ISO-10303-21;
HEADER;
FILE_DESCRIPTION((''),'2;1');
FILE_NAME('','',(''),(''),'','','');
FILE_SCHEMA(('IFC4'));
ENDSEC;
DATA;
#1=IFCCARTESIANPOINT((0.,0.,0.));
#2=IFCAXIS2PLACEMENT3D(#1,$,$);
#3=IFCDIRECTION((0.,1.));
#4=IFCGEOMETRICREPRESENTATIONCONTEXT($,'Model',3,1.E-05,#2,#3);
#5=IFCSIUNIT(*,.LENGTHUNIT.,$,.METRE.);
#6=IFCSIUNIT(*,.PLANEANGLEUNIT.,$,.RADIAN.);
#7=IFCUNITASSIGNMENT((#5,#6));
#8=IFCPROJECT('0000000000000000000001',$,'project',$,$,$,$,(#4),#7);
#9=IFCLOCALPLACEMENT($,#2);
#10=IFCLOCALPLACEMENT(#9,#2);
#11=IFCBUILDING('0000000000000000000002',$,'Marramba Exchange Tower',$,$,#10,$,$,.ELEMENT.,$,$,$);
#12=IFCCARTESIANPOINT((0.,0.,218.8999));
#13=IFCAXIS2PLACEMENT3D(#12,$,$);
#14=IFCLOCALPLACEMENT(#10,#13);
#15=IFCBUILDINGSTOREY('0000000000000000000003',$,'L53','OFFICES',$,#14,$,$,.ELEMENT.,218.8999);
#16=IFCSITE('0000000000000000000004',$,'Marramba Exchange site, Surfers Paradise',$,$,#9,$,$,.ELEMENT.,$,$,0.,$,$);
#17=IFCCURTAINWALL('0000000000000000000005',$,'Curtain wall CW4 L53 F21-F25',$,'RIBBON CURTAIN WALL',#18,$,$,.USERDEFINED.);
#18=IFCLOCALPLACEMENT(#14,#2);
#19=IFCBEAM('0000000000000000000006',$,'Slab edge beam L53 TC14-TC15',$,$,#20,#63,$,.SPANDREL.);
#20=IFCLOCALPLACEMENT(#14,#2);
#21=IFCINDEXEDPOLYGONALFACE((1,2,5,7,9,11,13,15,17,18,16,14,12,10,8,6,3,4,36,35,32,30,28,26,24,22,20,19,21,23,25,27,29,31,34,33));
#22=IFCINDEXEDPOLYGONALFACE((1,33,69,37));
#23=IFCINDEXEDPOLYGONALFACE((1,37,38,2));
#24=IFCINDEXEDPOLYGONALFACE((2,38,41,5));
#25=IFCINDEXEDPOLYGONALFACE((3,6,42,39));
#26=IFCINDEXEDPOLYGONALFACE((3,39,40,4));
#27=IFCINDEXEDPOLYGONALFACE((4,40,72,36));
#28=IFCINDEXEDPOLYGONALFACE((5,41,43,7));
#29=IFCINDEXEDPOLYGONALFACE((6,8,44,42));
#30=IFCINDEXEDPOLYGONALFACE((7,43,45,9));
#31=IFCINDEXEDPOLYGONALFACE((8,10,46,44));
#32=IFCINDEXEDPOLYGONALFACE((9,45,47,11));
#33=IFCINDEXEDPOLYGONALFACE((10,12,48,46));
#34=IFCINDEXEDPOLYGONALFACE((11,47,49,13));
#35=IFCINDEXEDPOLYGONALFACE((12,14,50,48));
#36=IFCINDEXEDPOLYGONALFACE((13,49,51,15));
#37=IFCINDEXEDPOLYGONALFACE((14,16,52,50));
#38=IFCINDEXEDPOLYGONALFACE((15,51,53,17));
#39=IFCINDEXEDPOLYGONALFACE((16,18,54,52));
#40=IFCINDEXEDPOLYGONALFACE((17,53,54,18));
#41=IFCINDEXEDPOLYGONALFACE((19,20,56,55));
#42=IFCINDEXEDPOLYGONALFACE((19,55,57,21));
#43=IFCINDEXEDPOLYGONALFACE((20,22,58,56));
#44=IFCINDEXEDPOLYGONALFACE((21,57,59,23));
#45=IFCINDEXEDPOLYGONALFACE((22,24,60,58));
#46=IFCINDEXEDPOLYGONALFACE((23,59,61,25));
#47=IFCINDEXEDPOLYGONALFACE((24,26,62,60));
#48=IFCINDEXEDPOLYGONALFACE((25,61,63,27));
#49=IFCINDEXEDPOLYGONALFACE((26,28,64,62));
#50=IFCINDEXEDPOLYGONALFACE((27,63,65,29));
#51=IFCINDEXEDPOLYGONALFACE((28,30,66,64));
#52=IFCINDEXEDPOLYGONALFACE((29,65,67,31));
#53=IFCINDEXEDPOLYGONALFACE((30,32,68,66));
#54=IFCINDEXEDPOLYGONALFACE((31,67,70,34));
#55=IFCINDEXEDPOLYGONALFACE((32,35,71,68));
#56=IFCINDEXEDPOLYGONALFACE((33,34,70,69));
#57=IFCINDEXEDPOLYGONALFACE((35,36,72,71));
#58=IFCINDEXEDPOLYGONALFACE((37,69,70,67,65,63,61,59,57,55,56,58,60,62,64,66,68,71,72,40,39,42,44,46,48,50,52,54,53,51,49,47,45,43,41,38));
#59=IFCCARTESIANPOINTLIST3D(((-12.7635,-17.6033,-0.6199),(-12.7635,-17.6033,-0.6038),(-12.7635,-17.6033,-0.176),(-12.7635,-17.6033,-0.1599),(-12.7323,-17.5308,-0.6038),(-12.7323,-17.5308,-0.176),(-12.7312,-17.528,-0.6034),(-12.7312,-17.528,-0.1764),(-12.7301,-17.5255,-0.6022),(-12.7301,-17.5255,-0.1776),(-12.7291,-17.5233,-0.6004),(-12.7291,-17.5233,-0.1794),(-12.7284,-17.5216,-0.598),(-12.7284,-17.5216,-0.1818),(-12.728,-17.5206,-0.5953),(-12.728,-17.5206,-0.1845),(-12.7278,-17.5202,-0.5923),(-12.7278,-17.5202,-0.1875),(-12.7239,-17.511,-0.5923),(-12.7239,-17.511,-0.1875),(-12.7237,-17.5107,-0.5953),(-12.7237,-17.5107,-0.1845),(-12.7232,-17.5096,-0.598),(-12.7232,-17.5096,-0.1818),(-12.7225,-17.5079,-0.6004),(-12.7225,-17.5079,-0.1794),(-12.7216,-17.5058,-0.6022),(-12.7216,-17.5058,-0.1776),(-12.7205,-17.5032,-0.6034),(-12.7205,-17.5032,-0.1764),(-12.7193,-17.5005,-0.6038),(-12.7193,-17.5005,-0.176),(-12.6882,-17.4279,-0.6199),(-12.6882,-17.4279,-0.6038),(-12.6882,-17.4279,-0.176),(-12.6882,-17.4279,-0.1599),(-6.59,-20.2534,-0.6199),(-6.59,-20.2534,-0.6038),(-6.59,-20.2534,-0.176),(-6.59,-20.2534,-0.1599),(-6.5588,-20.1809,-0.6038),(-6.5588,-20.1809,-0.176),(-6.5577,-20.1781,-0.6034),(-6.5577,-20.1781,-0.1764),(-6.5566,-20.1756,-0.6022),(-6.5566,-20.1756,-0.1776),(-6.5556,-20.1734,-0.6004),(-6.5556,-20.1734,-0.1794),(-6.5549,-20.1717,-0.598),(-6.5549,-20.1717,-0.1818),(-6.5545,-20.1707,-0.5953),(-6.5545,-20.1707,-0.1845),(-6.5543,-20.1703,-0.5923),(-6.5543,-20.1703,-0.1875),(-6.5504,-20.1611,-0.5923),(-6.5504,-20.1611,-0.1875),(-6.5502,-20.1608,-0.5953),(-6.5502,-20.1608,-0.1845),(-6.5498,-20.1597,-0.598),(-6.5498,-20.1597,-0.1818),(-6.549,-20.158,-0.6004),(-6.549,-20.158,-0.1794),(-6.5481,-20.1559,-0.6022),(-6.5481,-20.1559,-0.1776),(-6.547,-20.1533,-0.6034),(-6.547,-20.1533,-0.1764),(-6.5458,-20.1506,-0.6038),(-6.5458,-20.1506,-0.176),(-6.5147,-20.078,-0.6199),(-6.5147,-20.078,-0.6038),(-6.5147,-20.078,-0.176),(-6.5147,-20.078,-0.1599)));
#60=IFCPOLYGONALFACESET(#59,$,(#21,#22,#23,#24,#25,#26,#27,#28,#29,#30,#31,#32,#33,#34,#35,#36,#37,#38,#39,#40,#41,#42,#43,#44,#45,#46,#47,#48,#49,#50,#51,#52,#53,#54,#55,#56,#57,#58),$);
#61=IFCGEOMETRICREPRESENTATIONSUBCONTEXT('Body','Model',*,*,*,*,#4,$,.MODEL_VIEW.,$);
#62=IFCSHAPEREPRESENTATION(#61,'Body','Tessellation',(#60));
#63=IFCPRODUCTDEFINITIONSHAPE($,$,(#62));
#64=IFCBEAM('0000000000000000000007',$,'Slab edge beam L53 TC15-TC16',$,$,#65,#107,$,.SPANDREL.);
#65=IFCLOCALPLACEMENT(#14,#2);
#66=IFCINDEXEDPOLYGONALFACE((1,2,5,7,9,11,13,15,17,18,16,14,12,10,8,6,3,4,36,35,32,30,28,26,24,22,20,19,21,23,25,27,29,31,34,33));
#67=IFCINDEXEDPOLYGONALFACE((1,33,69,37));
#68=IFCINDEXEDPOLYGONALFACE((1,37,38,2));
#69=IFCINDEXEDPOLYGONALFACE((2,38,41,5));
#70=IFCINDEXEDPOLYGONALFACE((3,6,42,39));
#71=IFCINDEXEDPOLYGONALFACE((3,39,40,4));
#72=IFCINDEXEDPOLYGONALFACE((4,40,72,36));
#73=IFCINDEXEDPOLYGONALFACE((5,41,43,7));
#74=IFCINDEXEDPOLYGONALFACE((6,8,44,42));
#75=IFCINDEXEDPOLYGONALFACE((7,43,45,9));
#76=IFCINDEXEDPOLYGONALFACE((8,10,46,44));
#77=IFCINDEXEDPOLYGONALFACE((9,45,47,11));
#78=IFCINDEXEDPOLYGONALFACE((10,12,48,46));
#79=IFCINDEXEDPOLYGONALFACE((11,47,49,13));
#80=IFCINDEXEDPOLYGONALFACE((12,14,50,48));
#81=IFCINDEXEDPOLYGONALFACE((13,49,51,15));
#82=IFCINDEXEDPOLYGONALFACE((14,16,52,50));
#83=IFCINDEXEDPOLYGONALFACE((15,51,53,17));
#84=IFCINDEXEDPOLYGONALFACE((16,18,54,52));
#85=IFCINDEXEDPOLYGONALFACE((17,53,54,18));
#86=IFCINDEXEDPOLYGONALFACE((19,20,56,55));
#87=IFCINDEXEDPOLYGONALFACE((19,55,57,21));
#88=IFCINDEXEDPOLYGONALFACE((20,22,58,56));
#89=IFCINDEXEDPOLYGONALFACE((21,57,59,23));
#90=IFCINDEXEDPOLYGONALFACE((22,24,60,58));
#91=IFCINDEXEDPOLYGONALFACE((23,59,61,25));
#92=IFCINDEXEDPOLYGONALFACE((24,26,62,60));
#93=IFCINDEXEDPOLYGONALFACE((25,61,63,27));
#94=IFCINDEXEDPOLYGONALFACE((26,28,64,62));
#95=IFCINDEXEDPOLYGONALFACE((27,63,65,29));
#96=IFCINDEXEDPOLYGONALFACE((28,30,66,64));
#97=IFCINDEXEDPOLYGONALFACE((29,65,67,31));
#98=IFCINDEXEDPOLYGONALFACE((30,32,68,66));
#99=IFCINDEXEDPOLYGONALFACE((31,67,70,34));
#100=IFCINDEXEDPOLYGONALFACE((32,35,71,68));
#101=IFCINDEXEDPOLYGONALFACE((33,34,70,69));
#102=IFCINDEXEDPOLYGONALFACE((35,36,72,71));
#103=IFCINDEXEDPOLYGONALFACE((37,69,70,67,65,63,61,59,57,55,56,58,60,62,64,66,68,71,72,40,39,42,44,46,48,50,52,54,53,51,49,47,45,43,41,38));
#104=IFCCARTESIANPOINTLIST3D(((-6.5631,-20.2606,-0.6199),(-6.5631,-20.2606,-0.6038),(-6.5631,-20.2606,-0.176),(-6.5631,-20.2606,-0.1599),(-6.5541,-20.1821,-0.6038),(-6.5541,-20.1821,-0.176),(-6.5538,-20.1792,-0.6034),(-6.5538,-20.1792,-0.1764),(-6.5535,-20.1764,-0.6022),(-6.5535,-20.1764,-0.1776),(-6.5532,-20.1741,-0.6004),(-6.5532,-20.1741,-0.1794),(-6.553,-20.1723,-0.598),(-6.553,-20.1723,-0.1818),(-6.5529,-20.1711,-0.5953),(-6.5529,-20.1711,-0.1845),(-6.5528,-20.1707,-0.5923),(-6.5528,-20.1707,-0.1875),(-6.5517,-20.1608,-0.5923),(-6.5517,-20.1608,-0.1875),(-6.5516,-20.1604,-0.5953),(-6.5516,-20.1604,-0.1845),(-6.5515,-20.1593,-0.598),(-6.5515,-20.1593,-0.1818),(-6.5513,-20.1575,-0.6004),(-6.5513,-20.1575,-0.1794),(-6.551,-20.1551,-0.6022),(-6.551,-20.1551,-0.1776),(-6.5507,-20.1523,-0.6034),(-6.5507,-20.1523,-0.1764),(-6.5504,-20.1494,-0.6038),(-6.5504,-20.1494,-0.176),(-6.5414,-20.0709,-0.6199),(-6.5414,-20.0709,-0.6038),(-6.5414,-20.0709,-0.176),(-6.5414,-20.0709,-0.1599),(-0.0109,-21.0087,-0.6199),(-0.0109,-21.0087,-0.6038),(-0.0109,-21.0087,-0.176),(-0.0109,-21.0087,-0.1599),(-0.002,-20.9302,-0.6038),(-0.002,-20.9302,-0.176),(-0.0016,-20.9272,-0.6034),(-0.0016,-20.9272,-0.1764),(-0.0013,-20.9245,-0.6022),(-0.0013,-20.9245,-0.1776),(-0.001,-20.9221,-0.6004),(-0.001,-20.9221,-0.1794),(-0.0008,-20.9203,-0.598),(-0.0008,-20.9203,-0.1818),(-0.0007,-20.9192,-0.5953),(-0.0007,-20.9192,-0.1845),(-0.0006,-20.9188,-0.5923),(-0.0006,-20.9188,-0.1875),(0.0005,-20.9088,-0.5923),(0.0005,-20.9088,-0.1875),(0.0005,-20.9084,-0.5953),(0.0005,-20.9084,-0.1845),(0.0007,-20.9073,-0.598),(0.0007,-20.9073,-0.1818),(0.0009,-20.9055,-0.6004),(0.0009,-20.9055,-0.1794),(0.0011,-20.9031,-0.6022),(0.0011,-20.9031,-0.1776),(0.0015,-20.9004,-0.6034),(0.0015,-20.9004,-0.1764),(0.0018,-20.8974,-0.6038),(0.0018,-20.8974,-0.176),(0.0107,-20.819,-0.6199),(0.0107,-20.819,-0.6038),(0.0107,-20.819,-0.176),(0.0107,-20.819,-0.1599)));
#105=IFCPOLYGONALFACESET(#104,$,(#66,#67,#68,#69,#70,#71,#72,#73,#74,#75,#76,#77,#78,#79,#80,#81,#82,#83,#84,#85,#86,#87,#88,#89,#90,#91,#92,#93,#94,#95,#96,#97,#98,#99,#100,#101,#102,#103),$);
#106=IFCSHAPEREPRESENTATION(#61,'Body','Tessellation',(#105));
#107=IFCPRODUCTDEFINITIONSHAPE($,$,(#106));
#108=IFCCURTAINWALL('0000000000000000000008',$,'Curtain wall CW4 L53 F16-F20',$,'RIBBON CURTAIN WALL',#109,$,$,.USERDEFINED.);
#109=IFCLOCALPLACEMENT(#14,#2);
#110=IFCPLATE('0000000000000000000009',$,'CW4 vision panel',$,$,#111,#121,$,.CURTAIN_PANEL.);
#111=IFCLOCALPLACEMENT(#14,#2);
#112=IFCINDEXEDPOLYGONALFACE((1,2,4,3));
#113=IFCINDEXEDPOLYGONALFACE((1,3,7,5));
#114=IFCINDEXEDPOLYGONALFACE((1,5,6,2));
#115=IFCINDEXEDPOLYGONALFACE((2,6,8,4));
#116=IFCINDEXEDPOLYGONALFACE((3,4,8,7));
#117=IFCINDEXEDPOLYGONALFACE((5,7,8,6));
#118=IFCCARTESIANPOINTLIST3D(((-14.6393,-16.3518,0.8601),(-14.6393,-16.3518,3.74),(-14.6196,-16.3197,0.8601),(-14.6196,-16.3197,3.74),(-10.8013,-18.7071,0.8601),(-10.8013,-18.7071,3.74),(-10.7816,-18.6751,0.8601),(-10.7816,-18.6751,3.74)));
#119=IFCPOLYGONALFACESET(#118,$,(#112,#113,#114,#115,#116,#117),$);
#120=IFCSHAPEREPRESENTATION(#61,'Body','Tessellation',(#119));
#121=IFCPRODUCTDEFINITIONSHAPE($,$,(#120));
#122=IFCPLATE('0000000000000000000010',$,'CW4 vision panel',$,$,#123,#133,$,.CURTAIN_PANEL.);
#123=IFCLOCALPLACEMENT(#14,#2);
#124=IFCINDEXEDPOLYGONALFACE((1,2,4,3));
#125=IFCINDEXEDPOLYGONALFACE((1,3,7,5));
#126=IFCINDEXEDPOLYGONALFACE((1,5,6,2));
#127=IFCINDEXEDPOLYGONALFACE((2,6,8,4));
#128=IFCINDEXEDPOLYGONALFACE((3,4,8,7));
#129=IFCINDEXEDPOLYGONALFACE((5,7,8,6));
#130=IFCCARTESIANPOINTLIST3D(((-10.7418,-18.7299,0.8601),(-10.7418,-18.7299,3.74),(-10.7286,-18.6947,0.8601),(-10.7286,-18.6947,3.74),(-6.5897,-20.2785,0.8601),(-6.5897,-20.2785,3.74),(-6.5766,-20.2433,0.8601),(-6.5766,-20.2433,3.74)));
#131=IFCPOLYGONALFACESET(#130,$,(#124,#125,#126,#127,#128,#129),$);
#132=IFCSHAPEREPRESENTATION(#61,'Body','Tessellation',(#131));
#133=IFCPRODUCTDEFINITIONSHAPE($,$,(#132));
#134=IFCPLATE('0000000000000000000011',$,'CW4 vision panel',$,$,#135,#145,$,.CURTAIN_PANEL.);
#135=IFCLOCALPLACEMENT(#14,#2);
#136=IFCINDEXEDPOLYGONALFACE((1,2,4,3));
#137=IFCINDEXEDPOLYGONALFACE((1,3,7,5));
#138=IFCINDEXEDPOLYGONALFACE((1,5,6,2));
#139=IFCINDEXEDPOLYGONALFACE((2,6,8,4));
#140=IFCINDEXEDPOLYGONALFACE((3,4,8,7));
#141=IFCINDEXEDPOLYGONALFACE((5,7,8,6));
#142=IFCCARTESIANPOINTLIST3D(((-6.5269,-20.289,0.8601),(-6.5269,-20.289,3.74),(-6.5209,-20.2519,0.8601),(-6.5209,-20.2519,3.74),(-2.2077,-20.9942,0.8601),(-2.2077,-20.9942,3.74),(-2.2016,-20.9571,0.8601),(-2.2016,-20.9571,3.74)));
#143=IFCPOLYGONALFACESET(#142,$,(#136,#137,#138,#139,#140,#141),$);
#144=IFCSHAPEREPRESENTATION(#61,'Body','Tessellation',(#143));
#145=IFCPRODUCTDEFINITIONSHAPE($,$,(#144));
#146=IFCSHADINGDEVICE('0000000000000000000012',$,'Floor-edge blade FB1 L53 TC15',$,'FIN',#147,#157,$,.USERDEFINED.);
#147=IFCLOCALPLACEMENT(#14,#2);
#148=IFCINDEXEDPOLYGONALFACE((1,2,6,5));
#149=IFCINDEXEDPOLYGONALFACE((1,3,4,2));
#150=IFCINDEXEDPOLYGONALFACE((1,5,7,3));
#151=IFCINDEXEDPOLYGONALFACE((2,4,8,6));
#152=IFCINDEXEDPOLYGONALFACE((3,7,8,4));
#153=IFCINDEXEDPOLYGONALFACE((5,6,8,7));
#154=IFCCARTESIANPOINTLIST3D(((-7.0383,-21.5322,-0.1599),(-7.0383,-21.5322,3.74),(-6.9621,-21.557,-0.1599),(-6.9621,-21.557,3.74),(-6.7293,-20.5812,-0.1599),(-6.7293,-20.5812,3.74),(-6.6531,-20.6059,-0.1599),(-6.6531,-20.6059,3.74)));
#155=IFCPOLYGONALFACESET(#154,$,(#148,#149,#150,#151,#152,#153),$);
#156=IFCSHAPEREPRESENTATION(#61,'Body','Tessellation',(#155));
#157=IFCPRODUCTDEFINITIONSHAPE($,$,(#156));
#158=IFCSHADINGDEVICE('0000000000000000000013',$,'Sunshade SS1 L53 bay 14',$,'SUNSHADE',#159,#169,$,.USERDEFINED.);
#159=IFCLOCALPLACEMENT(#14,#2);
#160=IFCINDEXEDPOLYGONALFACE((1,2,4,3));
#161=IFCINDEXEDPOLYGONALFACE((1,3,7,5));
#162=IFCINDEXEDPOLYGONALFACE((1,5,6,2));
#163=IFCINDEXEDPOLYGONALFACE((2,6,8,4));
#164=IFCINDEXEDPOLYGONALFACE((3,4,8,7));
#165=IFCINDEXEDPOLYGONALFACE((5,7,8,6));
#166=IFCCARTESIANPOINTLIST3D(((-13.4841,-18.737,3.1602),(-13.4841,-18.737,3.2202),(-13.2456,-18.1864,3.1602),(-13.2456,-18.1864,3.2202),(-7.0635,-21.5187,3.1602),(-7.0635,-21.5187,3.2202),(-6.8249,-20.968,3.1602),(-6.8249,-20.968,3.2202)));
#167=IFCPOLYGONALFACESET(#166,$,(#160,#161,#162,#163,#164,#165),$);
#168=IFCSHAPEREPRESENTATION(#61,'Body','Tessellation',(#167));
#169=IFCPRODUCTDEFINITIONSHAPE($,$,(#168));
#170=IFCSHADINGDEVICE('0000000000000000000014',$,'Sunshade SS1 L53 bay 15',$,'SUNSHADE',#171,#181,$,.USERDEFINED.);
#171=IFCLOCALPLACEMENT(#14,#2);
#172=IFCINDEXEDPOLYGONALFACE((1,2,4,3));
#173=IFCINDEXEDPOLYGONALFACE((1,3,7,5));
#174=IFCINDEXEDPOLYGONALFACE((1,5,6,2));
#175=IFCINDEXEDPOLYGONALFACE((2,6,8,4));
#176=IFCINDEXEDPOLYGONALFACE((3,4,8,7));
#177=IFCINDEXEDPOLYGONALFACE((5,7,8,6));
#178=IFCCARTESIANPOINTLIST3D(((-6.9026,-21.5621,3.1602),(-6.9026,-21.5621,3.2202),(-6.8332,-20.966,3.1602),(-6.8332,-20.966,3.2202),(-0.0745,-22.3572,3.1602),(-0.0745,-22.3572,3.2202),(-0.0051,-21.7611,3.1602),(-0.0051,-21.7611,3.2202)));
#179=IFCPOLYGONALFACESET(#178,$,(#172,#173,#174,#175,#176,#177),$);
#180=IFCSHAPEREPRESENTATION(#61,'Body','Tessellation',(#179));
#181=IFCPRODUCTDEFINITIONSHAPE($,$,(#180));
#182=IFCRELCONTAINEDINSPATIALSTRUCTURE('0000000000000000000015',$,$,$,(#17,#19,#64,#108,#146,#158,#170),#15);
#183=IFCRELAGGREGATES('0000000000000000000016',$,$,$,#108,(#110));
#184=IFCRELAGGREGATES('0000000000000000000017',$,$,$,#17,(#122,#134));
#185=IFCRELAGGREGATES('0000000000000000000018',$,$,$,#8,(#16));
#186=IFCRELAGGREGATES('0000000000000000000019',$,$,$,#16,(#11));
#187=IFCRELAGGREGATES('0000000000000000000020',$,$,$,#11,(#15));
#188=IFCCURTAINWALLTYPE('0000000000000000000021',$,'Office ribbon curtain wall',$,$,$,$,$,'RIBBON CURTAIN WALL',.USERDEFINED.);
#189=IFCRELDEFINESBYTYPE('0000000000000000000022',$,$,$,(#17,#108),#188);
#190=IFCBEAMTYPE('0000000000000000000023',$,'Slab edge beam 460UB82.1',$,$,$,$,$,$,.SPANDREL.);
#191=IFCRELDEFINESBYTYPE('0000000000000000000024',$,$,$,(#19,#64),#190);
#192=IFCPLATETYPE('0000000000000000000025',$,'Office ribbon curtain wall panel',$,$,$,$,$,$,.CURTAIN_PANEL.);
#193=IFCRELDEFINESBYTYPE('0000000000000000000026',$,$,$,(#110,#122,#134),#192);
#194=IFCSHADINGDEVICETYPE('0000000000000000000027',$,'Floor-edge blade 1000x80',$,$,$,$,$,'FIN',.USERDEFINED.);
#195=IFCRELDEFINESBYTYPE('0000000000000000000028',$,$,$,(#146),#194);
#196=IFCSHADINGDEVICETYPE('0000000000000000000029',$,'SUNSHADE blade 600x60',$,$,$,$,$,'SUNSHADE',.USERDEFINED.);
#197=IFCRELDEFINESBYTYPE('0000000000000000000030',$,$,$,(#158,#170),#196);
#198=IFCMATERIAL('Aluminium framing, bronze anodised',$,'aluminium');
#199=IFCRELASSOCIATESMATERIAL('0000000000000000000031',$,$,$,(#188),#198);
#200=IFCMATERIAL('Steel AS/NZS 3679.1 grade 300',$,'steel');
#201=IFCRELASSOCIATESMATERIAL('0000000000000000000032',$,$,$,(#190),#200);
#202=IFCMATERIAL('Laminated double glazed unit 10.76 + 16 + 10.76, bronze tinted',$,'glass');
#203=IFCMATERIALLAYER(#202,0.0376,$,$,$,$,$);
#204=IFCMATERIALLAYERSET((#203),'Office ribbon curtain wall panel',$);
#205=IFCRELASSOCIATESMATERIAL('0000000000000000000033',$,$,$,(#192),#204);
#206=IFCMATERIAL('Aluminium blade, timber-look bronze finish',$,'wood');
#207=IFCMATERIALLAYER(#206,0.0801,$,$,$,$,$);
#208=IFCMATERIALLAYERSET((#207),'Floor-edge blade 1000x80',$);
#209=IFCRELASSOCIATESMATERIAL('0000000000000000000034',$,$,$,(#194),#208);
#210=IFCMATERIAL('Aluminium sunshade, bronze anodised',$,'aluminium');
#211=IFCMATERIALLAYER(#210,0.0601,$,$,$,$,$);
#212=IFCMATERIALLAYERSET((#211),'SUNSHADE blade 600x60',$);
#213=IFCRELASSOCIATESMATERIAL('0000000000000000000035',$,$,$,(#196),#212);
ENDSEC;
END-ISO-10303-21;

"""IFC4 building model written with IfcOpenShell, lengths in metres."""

from ifc_helpers import new_model, si_unit, direction, frame, origin, origin_2d, place, context, subcontext, project, spatial, rectangle, i_section, extrude, material, layer, layer_set, material_profile, profile_set, type_object, element, aggregate, save


model = new_model("IFC4")

# Units and contexts
model_context = context("Model", 3, precision=1e-05, world=origin(), true_north=direction((0.0, 1.0)))
body_context = subcontext(model_context, "Body", "Model", "MODEL_VIEW")
ifc_project = project(units=[si_unit("LENGTHUNIT", "METRE"), si_unit("PLANEANGLEUNIT", "RADIAN")], contexts=[model_context])

# Site, building, storey
site_placement = place(None, origin())
site = spatial("IfcSite", under=ifc_project, at=site_placement, Name="Marramba Exchange site, Surfers Paradise", CompositionType="ELEMENT", RefElevation=0.0)
building_placement = place(site_placement, origin())
building = spatial("IfcBuilding", under=site, at=building_placement, Name="Marramba Exchange Tower", CompositionType="ELEMENT")
storey_placement = place(building_placement, frame((0.0, 0.0, 218.8999)))
storey = spatial("IfcBuildingStorey", under=building, at=storey_placement, Name="L53", Description="OFFICES", CompositionType="ELEMENT", Elevation=218.8999)

# Curtain wall
ifc_material_1 = material(Name="Aluminium framing, bronze anodised", Category="aluminium")
curtain_wall_type = type_object("IfcCurtainWallType", Name="Office ribbon curtain wall", ElementType="RIBBON CURTAIN WALL", PredefinedType="USERDEFINED", material=ifc_material_1)
curtain_wall_1_placement = place(storey_placement, origin())
curtain_wall_1 = element("IfcCurtainWall", 1, at=curtain_wall_1_placement, inside=storey, type_object=curtain_wall_type, Name="Curtain wall CW4 L53 F21-F25", ObjectType="RIBBON CURTAIN WALL", PredefinedType="USERDEFINED")

# Beams
ifc_material_2 = material(Name="Steel AS/NZS 3679.1 grade 300", Category="steel")
ifc_material_profile_1 = material_profile(ifc_material_2, i_section(OverallWidth=0.1909, OverallDepth=0.46, WebThickness=0.01, FlangeThickness=0.0161, FilletRadius=0.0115, at=origin_2d()), Name="460UB82.1")
ifc_profile_set_1 = profile_set([ifc_material_profile_1], Name="Steel AS/NZS 3679.1 grade 300")
beam_type_1 = type_object("IfcBeamType", Name="Slab edge beam 460UB82.1", PredefinedType="SPANDREL", material=ifc_profile_set_1)
beam_1_placement = place(storey_placement, frame((-12.7258, -17.5156, -0.3899), z_axis=(0.918912, -0.394463, 0.0), x_axis=(0.394463, 0.918912, 0.0)))
element("IfcBeam", 2, at=beam_1_placement, inside=storey, type_object=beam_type_1, Name="Slab edge beam L53 TC14-TC15", PredefinedType="SPANDREL", context=body_context, shape_type="SweptSolid", body=[
    extrude(i_section(OverallWidth=0.1909, OverallDepth=0.46, WebThickness=0.01, FlangeThickness=0.0161, FilletRadius=0.0115, at=origin_2d()), origin(), (0.0, 0.0, 1.0), 6.7183),
])
beam_2_placement = place(storey_placement, frame((-6.5522, -20.1658, -0.3899), z_axis=(0.993546, -0.11343, 0.0), x_axis=(0.11343, 0.993546, 0.0)))
element("IfcBeam", 3, at=beam_2_placement, inside=storey, type_object=beam_type_1, Name="Slab edge beam L53 TC15-TC16", PredefinedType="SPANDREL", context=body_context, shape_type="SweptSolid", body=[
    extrude(i_section(OverallWidth=0.1909, OverallDepth=0.46, WebThickness=0.01, FlangeThickness=0.0161, FilletRadius=0.0115, at=origin_2d()), origin(), (0.0, 0.0, 1.0), 6.5947),
])

# Curtain wall, plate
curtain_wall_2_placement = place(storey_placement, origin())
curtain_wall_2 = element("IfcCurtainWall", 4, at=curtain_wall_2_placement, inside=storey, type_object=curtain_wall_type, Name="Curtain wall CW4 L53 F16-F20", ObjectType="RIBBON CURTAIN WALL", PredefinedType="USERDEFINED")
ifc_material_3 = material(Name="Laminated double glazed unit 10.76 + 16 + 10.76, bronze tinted", Category="glass")
ifc_layer_1 = layer(ifc_material_3, 0.0376)
ifc_layer_set_1 = layer_set([ifc_layer_1], Name="Office ribbon curtain wall panel")
plate_type = type_object("IfcPlateType", Name="Office ribbon curtain wall panel", PredefinedType="CURTAIN_PANEL", material=ifc_layer_set_1)
plate_1_placement = place(storey_placement, frame((-12.7104, -17.5134, 0.8601), z_axis=(0.0, 0.0, 1.0), x_axis=(0.852301, -0.523052, 0.0)))
plate_1 = element("IfcPlate", 5, at=plate_1_placement, type_object=plate_type, Name="CW4 vision panel", PredefinedType="CURTAIN_PANEL", context=body_context, shape_type="SweptSolid", body=[
    extrude(rectangle(XDim=4.5032, YDim=0.0376, at=origin_2d()), origin(), (0.0, 0.0, 1.0), 2.8799),
])
aggregate(curtain_wall_2, [plate_1])

# Plates
plate_2_placement = place(storey_placement, frame((-8.6592, -19.4866, 0.8601), z_axis=(0.0, 0.0, 1.0), x_axis=(0.936952, -0.349459, 0.0)))
plate_2 = element("IfcPlate", 6, at=plate_2_placement, type_object=plate_type, Name="CW4 vision panel", PredefinedType="CURTAIN_PANEL", context=body_context, shape_type="SweptSolid", body=[
    extrude(rectangle(XDim=4.4314, YDim=0.0376, at=origin_2d()), origin(), (0.0, 0.0, 1.0), 2.8799),
])
plate_3_placement = place(storey_placement, frame((-4.3643, -20.623, 0.8601), z_axis=(0.0, 0.0, 1.0), x_axis=(0.986931, -0.161146, 0.0)))
plate_3 = element("IfcPlate", 7, at=plate_3_placement, type_object=plate_type, Name="CW4 vision panel", PredefinedType="CURTAIN_PANEL", context=body_context, shape_type="SweptSolid", body=[
    extrude(rectangle(XDim=4.3765, YDim=0.0376, at=origin_2d()), origin(), (0.0, 0.0, 1.0), 2.8799),
])
aggregate(curtain_wall_1, [plate_2, plate_3])

# Shading devices
ifc_material_4 = material(Name="Aluminium blade, timber-look bronze finish", Category="wood")
ifc_layer_2 = layer(ifc_material_4, 0.0801)
ifc_layer_set_2 = layer_set([ifc_layer_2], Name="Floor-edge blade 1000x80")
shading_device_type_1 = type_object("IfcShadingDeviceType", Name="Floor-edge blade 1000x80", ElementType="FIN", PredefinedType="USERDEFINED", material=ifc_layer_set_2)
shading_device_1_placement = place(storey_placement, frame((-6.8457, -21.0691, -0.1599), z_axis=(0.0, 0.0, 1.0), x_axis=(-0.309017, -0.951057, 0.0)))
element("IfcShadingDevice", 8, at=shading_device_1_placement, inside=storey, type_object=shading_device_type_1, Name="Floor-edge blade FB1 L53 TC15", ObjectType="FIN", PredefinedType="USERDEFINED", context=body_context, shape_type="SweptSolid", body=[
    extrude(rectangle(XDim=1.0, YDim=0.0801, at=origin_2d()), origin(), (0.0, 0.0, 1.0), 3.8999),
])
ifc_material_5 = material(Name="Aluminium sunshade, bronze anodised", Category="aluminium")
ifc_layer_3 = layer(ifc_material_5, 0.0601)
ifc_layer_set_3 = layer_set([ifc_layer_3], Name="SUNSHADE blade 600x60")
shading_device_type_2 = type_object("IfcShadingDeviceType", Name="SUNSHADE blade 600x60", ElementType="SUNSHADE", PredefinedType="USERDEFINED", material=ifc_layer_set_3)
shading_device_2_placement = place(storey_placement, frame((-10.1545, -19.8525, 3.1602), z_axis=(0.0, 0.0, 1.0), x_axis=(0.917589, -0.39753, 0.0)))
element("IfcShadingDevice", 9, at=shading_device_2_placement, inside=storey, type_object=shading_device_type_2, Name="Sunshade SS1 L53 bay 14", ObjectType="SUNSHADE", PredefinedType="USERDEFINED", context=body_context, shape_type="SweptSolid", body=[
    extrude(rectangle(XDim=6.9973, YDim=0.6001, at=origin_2d()), origin(), (0.0, 0.0, 1.0), 0.0601),
])
shading_device_3_placement = place(storey_placement, frame((-3.4539, -21.6616, 3.1602), z_axis=(0.0, 0.0, 1.0), x_axis=(0.993288, -0.115665, 0.0)))
element("IfcShadingDevice", 10, at=shading_device_3_placement, inside=storey, type_object=shading_device_type_2, Name="Sunshade SS1 L53 bay 15", ObjectType="SUNSHADE", PredefinedType="USERDEFINED", context=body_context, shape_type="SweptSolid", body=[
    extrude(rectangle(XDim=6.8743, YDim=0.6001, at=origin_2d()), origin(), (0.0, 0.0, 1.0), 0.0601),
])

save(model, "model.ifc")
